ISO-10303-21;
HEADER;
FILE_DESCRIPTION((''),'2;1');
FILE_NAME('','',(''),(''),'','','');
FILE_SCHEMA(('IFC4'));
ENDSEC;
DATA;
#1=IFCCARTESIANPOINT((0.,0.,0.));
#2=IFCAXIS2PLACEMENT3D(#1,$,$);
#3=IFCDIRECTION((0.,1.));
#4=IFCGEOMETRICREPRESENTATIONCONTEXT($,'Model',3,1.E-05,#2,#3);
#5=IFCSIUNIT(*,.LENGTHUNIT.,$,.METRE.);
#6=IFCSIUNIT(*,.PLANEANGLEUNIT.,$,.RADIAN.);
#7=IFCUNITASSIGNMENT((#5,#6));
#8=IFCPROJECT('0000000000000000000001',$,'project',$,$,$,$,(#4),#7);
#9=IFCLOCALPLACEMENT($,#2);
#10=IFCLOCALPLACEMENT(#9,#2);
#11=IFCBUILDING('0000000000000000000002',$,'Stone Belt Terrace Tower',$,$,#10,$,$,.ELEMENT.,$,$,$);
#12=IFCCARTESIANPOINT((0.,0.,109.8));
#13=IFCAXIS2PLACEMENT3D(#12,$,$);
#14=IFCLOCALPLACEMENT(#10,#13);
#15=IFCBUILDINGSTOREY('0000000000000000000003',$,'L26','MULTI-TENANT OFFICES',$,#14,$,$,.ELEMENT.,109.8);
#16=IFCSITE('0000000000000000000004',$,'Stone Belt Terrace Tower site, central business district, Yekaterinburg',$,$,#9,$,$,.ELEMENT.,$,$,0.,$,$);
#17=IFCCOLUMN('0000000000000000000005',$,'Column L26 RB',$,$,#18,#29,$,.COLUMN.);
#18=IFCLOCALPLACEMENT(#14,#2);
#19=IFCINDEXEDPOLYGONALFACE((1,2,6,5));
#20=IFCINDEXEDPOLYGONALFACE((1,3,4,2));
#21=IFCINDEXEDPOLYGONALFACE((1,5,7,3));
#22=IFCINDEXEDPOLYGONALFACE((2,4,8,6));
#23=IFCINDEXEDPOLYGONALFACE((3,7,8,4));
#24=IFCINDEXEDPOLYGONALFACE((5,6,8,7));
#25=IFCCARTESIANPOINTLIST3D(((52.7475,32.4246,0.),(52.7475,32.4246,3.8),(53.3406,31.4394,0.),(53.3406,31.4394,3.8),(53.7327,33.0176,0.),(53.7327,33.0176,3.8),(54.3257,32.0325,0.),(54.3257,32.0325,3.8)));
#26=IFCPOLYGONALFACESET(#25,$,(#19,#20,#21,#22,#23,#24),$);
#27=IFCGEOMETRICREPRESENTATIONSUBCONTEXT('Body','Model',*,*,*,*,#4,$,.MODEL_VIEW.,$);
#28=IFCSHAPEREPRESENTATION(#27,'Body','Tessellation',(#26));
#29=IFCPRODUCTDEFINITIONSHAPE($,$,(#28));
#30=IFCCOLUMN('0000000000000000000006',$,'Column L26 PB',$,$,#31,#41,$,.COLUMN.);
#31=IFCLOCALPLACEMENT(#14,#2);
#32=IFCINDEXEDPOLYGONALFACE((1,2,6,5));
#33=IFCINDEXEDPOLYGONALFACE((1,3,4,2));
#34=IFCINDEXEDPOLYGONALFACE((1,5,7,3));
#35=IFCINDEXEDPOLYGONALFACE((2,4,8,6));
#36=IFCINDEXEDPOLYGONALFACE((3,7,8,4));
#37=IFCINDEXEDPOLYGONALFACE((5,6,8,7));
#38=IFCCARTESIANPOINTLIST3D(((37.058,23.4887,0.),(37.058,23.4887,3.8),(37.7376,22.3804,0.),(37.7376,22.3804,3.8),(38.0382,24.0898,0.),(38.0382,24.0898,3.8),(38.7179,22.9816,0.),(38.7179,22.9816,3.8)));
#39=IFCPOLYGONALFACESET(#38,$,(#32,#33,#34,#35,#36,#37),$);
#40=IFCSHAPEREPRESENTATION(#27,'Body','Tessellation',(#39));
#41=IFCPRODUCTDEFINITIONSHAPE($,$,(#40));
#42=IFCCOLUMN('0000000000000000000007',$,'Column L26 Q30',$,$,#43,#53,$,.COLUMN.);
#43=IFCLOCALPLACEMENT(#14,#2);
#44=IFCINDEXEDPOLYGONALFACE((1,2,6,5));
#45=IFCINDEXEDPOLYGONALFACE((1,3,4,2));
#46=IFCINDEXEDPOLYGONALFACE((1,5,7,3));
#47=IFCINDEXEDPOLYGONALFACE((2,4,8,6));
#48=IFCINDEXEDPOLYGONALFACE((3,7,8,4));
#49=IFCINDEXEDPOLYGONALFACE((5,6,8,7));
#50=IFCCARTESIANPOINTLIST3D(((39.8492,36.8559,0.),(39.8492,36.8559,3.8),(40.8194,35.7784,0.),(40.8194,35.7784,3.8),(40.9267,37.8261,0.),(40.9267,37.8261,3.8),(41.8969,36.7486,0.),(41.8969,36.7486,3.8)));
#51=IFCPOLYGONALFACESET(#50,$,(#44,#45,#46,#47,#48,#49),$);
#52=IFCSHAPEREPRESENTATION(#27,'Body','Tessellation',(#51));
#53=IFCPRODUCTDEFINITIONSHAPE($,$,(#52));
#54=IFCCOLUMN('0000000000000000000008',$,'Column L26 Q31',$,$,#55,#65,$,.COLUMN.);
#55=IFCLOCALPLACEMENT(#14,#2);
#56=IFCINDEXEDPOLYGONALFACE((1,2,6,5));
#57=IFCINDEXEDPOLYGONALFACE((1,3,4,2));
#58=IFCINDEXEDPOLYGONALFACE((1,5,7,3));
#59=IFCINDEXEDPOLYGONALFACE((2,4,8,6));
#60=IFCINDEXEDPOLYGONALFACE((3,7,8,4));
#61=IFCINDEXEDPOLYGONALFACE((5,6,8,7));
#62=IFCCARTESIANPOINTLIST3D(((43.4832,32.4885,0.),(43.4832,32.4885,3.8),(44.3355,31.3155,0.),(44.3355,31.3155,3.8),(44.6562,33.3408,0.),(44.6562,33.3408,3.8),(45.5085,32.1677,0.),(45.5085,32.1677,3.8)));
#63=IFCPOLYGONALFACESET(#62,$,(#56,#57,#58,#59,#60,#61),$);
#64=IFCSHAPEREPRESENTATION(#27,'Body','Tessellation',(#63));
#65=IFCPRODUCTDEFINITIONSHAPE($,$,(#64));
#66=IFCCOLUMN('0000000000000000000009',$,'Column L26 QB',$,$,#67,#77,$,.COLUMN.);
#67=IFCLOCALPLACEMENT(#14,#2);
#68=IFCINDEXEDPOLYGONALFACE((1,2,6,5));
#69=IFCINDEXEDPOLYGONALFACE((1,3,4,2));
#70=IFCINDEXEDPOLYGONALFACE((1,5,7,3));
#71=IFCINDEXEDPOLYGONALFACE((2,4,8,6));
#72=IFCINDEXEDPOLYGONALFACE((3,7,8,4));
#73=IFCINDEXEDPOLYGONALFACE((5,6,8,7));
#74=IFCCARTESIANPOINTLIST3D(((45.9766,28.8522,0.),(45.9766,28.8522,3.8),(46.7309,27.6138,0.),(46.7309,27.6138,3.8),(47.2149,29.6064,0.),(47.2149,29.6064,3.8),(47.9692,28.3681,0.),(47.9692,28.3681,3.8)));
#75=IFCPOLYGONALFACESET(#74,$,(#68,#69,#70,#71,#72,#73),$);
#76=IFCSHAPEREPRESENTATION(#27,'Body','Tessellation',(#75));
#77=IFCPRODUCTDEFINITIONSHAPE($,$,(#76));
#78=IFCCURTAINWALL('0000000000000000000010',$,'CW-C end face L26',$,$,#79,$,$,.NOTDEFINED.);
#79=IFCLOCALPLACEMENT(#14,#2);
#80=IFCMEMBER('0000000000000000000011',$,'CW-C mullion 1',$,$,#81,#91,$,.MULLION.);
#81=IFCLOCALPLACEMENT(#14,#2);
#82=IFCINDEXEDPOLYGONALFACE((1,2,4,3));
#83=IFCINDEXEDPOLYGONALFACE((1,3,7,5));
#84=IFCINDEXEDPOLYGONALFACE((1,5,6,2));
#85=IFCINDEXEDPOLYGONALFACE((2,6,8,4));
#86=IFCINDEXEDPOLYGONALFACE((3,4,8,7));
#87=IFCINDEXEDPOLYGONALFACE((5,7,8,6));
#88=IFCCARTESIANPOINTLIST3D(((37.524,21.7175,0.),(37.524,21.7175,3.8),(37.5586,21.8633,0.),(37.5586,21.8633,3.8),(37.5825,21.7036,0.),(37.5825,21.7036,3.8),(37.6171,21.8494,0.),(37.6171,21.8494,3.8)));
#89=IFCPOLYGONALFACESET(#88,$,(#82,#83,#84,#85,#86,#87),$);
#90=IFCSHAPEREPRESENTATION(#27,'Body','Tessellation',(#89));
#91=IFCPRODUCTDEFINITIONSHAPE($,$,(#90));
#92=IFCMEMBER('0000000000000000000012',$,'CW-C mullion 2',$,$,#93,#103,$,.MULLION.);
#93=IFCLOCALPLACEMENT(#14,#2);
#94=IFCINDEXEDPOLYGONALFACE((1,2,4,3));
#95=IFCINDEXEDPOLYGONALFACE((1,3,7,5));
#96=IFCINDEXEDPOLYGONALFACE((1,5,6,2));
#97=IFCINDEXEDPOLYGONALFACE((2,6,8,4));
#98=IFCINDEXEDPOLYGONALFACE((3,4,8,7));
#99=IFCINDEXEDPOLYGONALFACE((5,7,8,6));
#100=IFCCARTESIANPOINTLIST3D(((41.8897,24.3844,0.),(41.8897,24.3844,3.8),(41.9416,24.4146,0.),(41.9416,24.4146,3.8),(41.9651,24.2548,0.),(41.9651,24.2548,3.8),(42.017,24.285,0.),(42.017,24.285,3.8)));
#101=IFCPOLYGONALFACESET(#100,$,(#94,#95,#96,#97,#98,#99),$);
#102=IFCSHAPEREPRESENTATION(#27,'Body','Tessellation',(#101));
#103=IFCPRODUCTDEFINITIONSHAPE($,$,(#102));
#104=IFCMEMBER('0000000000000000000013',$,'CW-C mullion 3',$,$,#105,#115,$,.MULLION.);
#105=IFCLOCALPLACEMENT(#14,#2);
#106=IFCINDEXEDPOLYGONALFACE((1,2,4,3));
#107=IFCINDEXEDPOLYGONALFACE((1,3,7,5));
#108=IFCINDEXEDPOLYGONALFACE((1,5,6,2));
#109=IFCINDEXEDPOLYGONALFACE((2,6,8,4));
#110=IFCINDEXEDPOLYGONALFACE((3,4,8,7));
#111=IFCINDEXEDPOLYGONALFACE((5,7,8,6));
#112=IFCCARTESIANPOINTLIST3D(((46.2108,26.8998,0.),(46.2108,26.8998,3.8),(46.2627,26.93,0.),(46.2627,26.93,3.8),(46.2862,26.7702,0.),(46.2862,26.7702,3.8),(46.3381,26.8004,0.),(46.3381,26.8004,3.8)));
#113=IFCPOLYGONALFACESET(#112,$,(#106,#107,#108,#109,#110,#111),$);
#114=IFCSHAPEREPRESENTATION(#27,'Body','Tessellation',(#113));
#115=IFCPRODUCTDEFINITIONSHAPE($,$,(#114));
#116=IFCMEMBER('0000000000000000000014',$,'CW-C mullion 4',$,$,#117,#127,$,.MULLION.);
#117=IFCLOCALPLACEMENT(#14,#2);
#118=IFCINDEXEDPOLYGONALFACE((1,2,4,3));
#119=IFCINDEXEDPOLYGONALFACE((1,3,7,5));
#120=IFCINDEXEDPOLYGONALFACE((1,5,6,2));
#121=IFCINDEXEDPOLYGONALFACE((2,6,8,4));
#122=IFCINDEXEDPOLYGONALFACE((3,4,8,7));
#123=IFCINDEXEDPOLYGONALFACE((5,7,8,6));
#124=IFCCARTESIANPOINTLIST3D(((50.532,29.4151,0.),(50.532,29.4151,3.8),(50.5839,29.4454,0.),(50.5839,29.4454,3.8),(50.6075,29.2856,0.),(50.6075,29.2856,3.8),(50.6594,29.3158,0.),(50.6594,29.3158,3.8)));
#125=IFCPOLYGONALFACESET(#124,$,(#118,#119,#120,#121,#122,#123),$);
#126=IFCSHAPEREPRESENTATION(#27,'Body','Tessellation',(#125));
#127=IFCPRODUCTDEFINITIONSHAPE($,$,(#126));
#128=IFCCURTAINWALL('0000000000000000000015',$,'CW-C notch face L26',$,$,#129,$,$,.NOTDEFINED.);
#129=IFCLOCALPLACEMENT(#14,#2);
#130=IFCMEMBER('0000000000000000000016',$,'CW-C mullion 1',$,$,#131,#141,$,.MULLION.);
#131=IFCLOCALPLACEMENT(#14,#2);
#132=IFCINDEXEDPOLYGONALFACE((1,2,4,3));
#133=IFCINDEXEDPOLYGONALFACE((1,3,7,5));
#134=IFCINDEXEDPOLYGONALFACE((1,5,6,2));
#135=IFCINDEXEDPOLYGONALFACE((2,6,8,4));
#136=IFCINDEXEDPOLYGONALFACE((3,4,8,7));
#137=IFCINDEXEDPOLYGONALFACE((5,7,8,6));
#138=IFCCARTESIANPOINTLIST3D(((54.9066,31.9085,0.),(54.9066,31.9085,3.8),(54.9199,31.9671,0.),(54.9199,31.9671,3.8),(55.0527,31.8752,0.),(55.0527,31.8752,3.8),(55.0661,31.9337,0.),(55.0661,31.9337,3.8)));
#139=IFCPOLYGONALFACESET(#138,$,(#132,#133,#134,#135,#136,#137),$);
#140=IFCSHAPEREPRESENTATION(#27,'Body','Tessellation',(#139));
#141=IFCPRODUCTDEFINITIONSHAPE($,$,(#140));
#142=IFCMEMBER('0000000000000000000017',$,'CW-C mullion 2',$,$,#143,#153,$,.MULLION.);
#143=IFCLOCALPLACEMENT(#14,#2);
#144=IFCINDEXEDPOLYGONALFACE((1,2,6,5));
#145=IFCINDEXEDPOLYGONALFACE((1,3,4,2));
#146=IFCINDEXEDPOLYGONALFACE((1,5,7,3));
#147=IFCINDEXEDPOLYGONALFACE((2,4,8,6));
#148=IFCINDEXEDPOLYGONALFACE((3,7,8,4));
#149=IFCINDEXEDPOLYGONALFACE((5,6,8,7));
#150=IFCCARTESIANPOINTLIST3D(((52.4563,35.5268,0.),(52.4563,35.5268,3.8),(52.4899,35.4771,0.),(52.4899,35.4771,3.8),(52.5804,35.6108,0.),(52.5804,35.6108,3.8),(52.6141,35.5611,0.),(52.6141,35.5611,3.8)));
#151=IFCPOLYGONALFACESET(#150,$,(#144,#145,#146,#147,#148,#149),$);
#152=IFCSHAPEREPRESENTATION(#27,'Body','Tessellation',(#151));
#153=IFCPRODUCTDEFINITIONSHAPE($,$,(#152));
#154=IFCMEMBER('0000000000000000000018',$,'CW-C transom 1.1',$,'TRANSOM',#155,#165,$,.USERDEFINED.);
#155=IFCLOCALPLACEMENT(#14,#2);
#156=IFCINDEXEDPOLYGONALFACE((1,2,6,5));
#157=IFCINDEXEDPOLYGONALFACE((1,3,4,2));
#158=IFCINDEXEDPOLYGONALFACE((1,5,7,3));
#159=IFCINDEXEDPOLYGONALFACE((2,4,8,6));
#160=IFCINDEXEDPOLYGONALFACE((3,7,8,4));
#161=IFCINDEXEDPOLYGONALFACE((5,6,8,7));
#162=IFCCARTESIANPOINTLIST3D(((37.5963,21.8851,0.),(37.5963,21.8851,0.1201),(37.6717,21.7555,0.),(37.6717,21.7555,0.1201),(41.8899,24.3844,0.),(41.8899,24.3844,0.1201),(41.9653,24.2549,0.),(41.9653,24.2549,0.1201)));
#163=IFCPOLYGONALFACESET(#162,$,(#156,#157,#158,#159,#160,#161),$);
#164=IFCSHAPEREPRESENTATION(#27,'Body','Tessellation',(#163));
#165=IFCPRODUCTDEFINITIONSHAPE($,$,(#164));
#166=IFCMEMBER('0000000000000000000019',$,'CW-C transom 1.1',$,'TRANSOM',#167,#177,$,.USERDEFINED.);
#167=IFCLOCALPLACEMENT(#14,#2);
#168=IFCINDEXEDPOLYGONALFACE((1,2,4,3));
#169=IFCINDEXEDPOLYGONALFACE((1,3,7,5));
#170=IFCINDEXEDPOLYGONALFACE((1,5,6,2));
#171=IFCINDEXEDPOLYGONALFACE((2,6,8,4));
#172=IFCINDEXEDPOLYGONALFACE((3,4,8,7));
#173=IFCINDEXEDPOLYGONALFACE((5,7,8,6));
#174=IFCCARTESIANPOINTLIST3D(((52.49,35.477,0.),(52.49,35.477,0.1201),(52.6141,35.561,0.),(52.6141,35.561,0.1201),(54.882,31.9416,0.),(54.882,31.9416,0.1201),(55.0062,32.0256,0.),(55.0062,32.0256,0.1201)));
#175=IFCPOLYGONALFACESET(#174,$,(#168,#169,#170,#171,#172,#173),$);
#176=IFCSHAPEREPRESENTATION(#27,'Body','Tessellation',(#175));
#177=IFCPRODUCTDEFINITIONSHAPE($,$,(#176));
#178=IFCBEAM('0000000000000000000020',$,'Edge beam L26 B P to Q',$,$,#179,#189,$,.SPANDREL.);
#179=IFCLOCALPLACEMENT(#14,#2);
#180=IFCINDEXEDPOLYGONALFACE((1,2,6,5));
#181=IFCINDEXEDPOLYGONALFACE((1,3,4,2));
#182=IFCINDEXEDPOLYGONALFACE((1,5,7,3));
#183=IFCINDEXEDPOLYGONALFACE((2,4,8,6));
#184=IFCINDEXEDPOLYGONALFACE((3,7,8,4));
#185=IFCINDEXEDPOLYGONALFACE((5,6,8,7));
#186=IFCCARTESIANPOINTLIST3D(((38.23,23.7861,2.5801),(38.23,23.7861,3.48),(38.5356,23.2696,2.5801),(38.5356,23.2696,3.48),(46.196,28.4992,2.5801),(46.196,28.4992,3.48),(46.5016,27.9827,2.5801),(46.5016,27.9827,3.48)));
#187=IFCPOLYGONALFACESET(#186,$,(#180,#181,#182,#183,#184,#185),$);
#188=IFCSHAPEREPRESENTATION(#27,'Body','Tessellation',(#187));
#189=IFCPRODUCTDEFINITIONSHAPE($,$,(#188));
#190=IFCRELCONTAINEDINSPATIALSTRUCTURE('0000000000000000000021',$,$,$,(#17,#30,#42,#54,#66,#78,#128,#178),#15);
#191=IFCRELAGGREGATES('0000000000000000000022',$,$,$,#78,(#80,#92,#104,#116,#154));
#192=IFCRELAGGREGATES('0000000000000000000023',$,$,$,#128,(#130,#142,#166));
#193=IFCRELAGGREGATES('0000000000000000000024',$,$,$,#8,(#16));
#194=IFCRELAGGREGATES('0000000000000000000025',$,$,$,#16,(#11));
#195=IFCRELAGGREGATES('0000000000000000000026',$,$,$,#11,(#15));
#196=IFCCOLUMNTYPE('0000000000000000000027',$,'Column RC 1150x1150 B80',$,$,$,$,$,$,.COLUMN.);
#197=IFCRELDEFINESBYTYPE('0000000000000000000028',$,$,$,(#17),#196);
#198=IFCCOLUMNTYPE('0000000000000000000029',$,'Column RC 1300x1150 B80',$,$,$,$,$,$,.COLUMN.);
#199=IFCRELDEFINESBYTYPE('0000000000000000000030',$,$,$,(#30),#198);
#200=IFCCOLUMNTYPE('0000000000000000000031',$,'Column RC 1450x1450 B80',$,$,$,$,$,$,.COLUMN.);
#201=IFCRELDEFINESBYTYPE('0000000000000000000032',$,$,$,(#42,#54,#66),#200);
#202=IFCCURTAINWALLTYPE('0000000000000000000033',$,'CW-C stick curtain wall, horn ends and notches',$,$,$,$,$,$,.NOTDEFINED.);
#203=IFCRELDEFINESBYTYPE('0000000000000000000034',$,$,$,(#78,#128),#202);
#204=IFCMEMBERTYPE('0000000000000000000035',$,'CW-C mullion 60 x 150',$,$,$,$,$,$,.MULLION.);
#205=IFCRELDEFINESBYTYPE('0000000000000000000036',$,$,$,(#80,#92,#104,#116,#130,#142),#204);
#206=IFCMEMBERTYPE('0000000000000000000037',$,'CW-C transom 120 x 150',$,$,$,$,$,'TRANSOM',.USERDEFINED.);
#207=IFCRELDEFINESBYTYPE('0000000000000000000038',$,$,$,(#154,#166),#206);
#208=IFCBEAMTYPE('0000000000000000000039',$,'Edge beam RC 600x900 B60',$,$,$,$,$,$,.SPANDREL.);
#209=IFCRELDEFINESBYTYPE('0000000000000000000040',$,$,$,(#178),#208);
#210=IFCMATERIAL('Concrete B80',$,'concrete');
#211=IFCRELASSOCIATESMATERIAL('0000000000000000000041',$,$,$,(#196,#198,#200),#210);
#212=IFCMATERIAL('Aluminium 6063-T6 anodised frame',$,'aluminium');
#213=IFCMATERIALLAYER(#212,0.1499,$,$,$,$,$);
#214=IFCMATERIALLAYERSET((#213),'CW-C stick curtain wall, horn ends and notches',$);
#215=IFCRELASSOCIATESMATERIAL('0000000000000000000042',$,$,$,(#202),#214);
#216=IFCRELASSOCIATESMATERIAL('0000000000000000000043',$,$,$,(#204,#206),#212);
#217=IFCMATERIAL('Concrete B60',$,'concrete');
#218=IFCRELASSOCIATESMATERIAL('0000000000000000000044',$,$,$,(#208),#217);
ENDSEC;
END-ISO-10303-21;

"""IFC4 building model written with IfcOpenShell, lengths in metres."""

from ifc_helpers import new_model, si_unit, direction, frame, origin, origin_2d, place, context, subcontext, project, spatial, rectangle, extrude, material, layer, layer_set, material_profile, profile_set, type_object, element, aggregate, save


model = new_model("IFC4")

# Units and contexts
model_context = context("Model", 3, precision=1e-05, world=origin(), true_north=direction((0.0, 1.0)))
body_context = subcontext(model_context, "Body", "Model", "MODEL_VIEW")
ifc_project = project(units=[si_unit("LENGTHUNIT", "METRE"), si_unit("PLANEANGLEUNIT", "RADIAN")], contexts=[model_context])

# Site, building, storey
site_placement = place(None, origin())
site = spatial("IfcSite", under=ifc_project, at=site_placement, Name="Stone Belt Terrace Tower site, central business district, Yekaterinburg", CompositionType="ELEMENT", RefElevation=0.0)
building_placement = place(site_placement, origin())
building = spatial("IfcBuilding", under=site, at=building_placement, Name="Stone Belt Terrace Tower", CompositionType="ELEMENT")
storey_placement = place(building_placement, frame((0.0, 0.0, 109.8)))
storey = spatial("IfcBuildingStorey", under=building, at=storey_placement, Name="L26", Description="MULTI-TENANT OFFICES", CompositionType="ELEMENT", Elevation=109.8)

# Columns
ifc_material_1 = material(Name="Concrete B80", Category="concrete")
ifc_material_profile_1 = material_profile(ifc_material_1, rectangle(XDim=1.1499, YDim=1.1499, at=origin_2d()), Name="RC 1150x1150")
ifc_profile_set_1 = profile_set([ifc_material_profile_1], Name="Concrete B80")
column_type_1 = type_object("IfcColumnType", Name="Column RC 1150x1150 B80", PredefinedType="COLUMN", material=ifc_profile_set_1)
column_1_placement = place(storey_placement, frame((53.5366, 32.2285, 0.0), z_axis=(0.0, 0.0, 1.0), x_axis=(0.51575, -0.856739, 0.0)))
element("IfcColumn", 1, at=column_1_placement, inside=storey, type_object=column_type_1, Name="Column L26 RB", PredefinedType="COLUMN", context=body_context, shape_type="SweptSolid", body=[
    extrude(rectangle(XDim=1.1499, YDim=1.1499, at=origin_2d()), origin(), (0.0, 0.0, 1.0), 3.8),
])
ifc_material_profile_2 = material_profile(ifc_material_1, rectangle(XDim=1.3, YDim=1.1499, at=origin_2d()), Name="RC 1300x1150")
ifc_profile_set_2 = profile_set([ifc_material_profile_2], Name="Concrete B80")
column_type_2 = type_object("IfcColumnType", Name="Column RC 1300x1150 B80", PredefinedType="COLUMN", material=ifc_profile_set_2)
column_2_placement = place(storey_placement, frame((37.8879, 23.2351, 0.0), z_axis=(0.0, 0.0, 1.0), x_axis=(0.522781, -0.852467, 0.0)))
element("IfcColumn", 2, at=column_2_placement, inside=storey, type_object=column_type_2, Name="Column L26 PB", PredefinedType="COLUMN", context=body_context, shape_type="SweptSolid", body=[
    extrude(rectangle(XDim=1.3, YDim=1.1499, at=origin_2d()), origin(), (0.0, 0.0, 1.0), 3.8),
])
ifc_material_profile_3 = material_profile(ifc_material_1, rectangle(XDim=1.45, YDim=1.45, at=origin_2d()), Name="RC 1450x1450")
ifc_profile_set_3 = profile_set([ifc_material_profile_3], Name="Concrete B80")
column_type_3 = type_object("IfcColumnType", Name="Column RC 1450x1450 B80", PredefinedType="COLUMN", material=ifc_profile_set_3)
for number, where, z_axis, x_axis, name in (
    (3, (40.873, 36.8022, 0.0), (0.0, 0.0, 1.0), (0.669131, -0.743145, 0.0), "Column L26 Q30"),
    (4, (44.4958, 32.3281, 0.0), (0.0, 0.0, 1.0), (0.587785, -0.809017, 0.0), "Column L26 Q31"),
    (5, (46.9729, 28.6101, 0.0), (0.0, 0.0, 1.0), (0.520186, -0.854053, 0.0), "Column L26 QB"),
):
    element("IfcColumn", number, at=place(storey_placement, frame(where, z_axis=z_axis, x_axis=x_axis)), inside=storey, type_object=column_type_3, Name=name, PredefinedType="COLUMN", context=body_context, shape_type="SweptSolid", body=[
        extrude(rectangle(XDim=1.45, YDim=1.45, at=origin_2d()), origin(), (0.0, 0.0, 1.0), 3.8),
    ])

# Curtain walls, members
ifc_material_2 = material(Name="Aluminium 6063-T6 anodised frame", Category="aluminium")
ifc_layer_1 = layer(ifc_material_2, 0.1499)
ifc_layer_set_1 = layer_set([ifc_layer_1], Name="CW-C stick curtain wall, horn ends and notches")
curtain_wall_type = type_object("IfcCurtainWallType", Name="CW-C stick curtain wall, horn ends and notches", PredefinedType="NOTDEFINED", material=ifc_layer_set_1)
curtain_wall_1_placement = place(storey_placement, origin())
curtain_wall_1 = element("IfcCurtainWall", 6, at=curtain_wall_1_placement, inside=storey, type_object=curtain_wall_type, Name="CW-C end face L26", PredefinedType="NOTDEFINED")
ifc_material_profile_4 = material_profile(ifc_material_2, rectangle(XDim=0.1499, YDim=0.0601, at=origin_2d()), Name="Aluminium 6063-T6 60x150")
ifc_profile_set_4 = profile_set([ifc_material_profile_4], Name="Aluminium 6063-T6 anodised frame")
member_type_1 = type_object("IfcMemberType", Name="CW-C mullion 60 x 150", PredefinedType="MULLION", material=ifc_profile_set_4)
member_1_placement = place(storey_placement, frame((37.5706, 21.7834, 0.0), z_axis=(0.0, 0.0, 1.0), x_axis=(0.230847, 0.97299, 0.0)))
member_1 = element("IfcMember", 7, at=member_1_placement, type_object=member_type_1, Name="CW-C mullion 1", PredefinedType="MULLION", context=body_context, shape_type="SweptSolid", body=[
    extrude(rectangle(XDim=0.1499, YDim=0.0601, at=origin_2d()), origin(), (0.0, 0.0, 1.0), 3.8),
])
member_2_placement = place(storey_placement, frame((41.9534, 24.3347, 0.0), z_axis=(0.0, 0.0, 1.0), x_axis=(-0.503081, 0.864239, 0.0)))
member_2 = element("IfcMember", 8, at=member_2_placement, type_object=member_type_1, Name="CW-C mullion 2", PredefinedType="MULLION", context=body_context, shape_type="SweptSolid", body=[
    extrude(rectangle(XDim=0.1499, YDim=0.0601, at=origin_2d()), origin(), (0.0, 0.0, 1.0), 3.8),
])
member_3_placement = place(storey_placement, frame((46.2744, 26.8501, 0.0), z_axis=(0.0, 0.0, 1.0), x_axis=(-0.503081, 0.864239, 0.0)))
member_3 = element("IfcMember", 9, at=member_3_placement, type_object=member_type_1, Name="CW-C mullion 3", PredefinedType="MULLION", context=body_context, shape_type="SweptSolid", body=[
    extrude(rectangle(XDim=0.1499, YDim=0.0601, at=origin_2d()), origin(), (0.0, 0.0, 1.0), 3.8),
])
member_4_placement = place(storey_placement, frame((50.5957, 29.3655, 0.0), z_axis=(0.0, 0.0, 1.0), x_axis=(-0.503081, 0.864239, 0.0)))
member_4 = element("IfcMember", 10, at=member_4_placement, type_object=member_type_1, Name="CW-C mullion 4", PredefinedType="MULLION", context=body_context, shape_type="SweptSolid", body=[
    extrude(rectangle(XDim=0.1499, YDim=0.0601, at=origin_2d()), origin(), (0.0, 0.0, 1.0), 3.8),
])
curtain_wall_2_placement = place(storey_placement, origin())
curtain_wall_2 = element("IfcCurtainWall", 11, at=curtain_wall_2_placement, inside=storey, type_object=curtain_wall_type, Name="CW-C notch face L26", PredefinedType="NOTDEFINED")
member_5_placement = place(storey_placement, frame((54.9863, 31.9211, 0.0), z_axis=(0.0, 0.0, 1.0), x_axis=(-0.974927, 0.222525, 0.0)))
member_5 = element("IfcMember", 12, at=member_5_placement, type_object=member_type_1, Name="CW-C mullion 1", PredefinedType="MULLION", context=body_context, shape_type="SweptSolid", body=[
    extrude(rectangle(XDim=0.1499, YDim=0.0601, at=origin_2d()), origin(), (0.0, 0.0, 1.0), 3.8),
])
member_6_placement = place(storey_placement, frame((52.5352, 35.5439, 0.0), z_axis=(0.0, 0.0, 1.0), x_axis=(-0.828244, -0.560367, 0.0)))
member_6 = element("IfcMember", 13, at=member_6_placement, type_object=member_type_1, Name="CW-C mullion 2", PredefinedType="MULLION", context=body_context, shape_type="SweptSolid", body=[
    extrude(rectangle(XDim=0.1499, YDim=0.0601, at=origin_2d()), origin(), (0.0, 0.0, 1.0), 3.8),
])

# Members
ifc_material_profile_5 = material_profile(ifc_material_2, rectangle(XDim=0.1499, YDim=0.1201, at=origin_2d()), Name="Aluminium 6063-T6 150x120")
ifc_profile_set_5 = profile_set([ifc_material_profile_5], Name="Aluminium 6063-T6 anodised frame")
member_type_2 = type_object("IfcMemberType", Name="CW-C transom 120 x 150", ElementType="TRANSOM", PredefinedType="USERDEFINED", material=ifc_profile_set_5)
member_7_placement = place(storey_placement, frame((37.634, 21.8203, 0.0601), z_axis=(0.864238, 0.503082, 0.0), x_axis=(-0.503082, 0.864238, 0.0)))
member_7 = element("IfcMember", 14, at=member_7_placement, type_object=member_type_2, Name="CW-C transom 1.1", ObjectType="TRANSOM", PredefinedType="USERDEFINED", context=body_context, shape_type="SweptSolid", body=[
    extrude(rectangle(XDim=0.1499, YDim=0.1201, at=origin_2d()), origin(), (0.0, 0.0, 1.0), 4.968),
])
member_8_placement = place(storey_placement, frame((54.9441, 31.9836, 0.0601), z_axis=(-0.560389, 0.82823, 0.0), x_axis=(-0.82823, -0.560389, 0.0)))
member_8 = element("IfcMember", 15, at=member_8_placement, type_object=member_type_2, Name="CW-C transom 1.1", ObjectType="TRANSOM", PredefinedType="USERDEFINED", context=body_context, shape_type="SweptSolid", body=[
    extrude(rectangle(XDim=0.1499, YDim=0.1201, at=origin_2d()), origin(), (0.0, 0.0, 1.0), 4.2686),
])

# Beam
ifc_material_3 = material(Name="Concrete B60", Category="concrete")
ifc_material_profile_6 = material_profile(ifc_material_3, rectangle(XDim=0.6001, YDim=0.8999, at=origin_2d()), Name="RC 600x900")
ifc_profile_set_6 = profile_set([ifc_material_profile_6], Name="Concrete B60")
beam_type = type_object("IfcBeamType", Name="Edge beam RC 600x900 B60", PredefinedType="SPANDREL", material=ifc_profile_set_6)
beam_1_placement = place(storey_placement, frame((38.3828, 23.5278, 3.03), z_axis=(0.860647, 0.509203, 0.0), x_axis=(-0.509203, 0.860647, 0.0)))
element("IfcBeam", 16, at=beam_1_placement, inside=storey, type_object=beam_type, Name="Edge beam L26 B P to Q", PredefinedType="SPANDREL", context=body_context, shape_type="SweptSolid", body=[
    extrude(rectangle(XDim=0.6001, YDim=0.8999, at=origin_2d()), origin(), (0.0, 0.0, 1.0), 9.2559),
])

aggregate(curtain_wall_1, [member_1, member_2, member_3, member_4, member_7])
aggregate(curtain_wall_2, [member_5, member_6, member_8])

save(model, "model.ifc")
